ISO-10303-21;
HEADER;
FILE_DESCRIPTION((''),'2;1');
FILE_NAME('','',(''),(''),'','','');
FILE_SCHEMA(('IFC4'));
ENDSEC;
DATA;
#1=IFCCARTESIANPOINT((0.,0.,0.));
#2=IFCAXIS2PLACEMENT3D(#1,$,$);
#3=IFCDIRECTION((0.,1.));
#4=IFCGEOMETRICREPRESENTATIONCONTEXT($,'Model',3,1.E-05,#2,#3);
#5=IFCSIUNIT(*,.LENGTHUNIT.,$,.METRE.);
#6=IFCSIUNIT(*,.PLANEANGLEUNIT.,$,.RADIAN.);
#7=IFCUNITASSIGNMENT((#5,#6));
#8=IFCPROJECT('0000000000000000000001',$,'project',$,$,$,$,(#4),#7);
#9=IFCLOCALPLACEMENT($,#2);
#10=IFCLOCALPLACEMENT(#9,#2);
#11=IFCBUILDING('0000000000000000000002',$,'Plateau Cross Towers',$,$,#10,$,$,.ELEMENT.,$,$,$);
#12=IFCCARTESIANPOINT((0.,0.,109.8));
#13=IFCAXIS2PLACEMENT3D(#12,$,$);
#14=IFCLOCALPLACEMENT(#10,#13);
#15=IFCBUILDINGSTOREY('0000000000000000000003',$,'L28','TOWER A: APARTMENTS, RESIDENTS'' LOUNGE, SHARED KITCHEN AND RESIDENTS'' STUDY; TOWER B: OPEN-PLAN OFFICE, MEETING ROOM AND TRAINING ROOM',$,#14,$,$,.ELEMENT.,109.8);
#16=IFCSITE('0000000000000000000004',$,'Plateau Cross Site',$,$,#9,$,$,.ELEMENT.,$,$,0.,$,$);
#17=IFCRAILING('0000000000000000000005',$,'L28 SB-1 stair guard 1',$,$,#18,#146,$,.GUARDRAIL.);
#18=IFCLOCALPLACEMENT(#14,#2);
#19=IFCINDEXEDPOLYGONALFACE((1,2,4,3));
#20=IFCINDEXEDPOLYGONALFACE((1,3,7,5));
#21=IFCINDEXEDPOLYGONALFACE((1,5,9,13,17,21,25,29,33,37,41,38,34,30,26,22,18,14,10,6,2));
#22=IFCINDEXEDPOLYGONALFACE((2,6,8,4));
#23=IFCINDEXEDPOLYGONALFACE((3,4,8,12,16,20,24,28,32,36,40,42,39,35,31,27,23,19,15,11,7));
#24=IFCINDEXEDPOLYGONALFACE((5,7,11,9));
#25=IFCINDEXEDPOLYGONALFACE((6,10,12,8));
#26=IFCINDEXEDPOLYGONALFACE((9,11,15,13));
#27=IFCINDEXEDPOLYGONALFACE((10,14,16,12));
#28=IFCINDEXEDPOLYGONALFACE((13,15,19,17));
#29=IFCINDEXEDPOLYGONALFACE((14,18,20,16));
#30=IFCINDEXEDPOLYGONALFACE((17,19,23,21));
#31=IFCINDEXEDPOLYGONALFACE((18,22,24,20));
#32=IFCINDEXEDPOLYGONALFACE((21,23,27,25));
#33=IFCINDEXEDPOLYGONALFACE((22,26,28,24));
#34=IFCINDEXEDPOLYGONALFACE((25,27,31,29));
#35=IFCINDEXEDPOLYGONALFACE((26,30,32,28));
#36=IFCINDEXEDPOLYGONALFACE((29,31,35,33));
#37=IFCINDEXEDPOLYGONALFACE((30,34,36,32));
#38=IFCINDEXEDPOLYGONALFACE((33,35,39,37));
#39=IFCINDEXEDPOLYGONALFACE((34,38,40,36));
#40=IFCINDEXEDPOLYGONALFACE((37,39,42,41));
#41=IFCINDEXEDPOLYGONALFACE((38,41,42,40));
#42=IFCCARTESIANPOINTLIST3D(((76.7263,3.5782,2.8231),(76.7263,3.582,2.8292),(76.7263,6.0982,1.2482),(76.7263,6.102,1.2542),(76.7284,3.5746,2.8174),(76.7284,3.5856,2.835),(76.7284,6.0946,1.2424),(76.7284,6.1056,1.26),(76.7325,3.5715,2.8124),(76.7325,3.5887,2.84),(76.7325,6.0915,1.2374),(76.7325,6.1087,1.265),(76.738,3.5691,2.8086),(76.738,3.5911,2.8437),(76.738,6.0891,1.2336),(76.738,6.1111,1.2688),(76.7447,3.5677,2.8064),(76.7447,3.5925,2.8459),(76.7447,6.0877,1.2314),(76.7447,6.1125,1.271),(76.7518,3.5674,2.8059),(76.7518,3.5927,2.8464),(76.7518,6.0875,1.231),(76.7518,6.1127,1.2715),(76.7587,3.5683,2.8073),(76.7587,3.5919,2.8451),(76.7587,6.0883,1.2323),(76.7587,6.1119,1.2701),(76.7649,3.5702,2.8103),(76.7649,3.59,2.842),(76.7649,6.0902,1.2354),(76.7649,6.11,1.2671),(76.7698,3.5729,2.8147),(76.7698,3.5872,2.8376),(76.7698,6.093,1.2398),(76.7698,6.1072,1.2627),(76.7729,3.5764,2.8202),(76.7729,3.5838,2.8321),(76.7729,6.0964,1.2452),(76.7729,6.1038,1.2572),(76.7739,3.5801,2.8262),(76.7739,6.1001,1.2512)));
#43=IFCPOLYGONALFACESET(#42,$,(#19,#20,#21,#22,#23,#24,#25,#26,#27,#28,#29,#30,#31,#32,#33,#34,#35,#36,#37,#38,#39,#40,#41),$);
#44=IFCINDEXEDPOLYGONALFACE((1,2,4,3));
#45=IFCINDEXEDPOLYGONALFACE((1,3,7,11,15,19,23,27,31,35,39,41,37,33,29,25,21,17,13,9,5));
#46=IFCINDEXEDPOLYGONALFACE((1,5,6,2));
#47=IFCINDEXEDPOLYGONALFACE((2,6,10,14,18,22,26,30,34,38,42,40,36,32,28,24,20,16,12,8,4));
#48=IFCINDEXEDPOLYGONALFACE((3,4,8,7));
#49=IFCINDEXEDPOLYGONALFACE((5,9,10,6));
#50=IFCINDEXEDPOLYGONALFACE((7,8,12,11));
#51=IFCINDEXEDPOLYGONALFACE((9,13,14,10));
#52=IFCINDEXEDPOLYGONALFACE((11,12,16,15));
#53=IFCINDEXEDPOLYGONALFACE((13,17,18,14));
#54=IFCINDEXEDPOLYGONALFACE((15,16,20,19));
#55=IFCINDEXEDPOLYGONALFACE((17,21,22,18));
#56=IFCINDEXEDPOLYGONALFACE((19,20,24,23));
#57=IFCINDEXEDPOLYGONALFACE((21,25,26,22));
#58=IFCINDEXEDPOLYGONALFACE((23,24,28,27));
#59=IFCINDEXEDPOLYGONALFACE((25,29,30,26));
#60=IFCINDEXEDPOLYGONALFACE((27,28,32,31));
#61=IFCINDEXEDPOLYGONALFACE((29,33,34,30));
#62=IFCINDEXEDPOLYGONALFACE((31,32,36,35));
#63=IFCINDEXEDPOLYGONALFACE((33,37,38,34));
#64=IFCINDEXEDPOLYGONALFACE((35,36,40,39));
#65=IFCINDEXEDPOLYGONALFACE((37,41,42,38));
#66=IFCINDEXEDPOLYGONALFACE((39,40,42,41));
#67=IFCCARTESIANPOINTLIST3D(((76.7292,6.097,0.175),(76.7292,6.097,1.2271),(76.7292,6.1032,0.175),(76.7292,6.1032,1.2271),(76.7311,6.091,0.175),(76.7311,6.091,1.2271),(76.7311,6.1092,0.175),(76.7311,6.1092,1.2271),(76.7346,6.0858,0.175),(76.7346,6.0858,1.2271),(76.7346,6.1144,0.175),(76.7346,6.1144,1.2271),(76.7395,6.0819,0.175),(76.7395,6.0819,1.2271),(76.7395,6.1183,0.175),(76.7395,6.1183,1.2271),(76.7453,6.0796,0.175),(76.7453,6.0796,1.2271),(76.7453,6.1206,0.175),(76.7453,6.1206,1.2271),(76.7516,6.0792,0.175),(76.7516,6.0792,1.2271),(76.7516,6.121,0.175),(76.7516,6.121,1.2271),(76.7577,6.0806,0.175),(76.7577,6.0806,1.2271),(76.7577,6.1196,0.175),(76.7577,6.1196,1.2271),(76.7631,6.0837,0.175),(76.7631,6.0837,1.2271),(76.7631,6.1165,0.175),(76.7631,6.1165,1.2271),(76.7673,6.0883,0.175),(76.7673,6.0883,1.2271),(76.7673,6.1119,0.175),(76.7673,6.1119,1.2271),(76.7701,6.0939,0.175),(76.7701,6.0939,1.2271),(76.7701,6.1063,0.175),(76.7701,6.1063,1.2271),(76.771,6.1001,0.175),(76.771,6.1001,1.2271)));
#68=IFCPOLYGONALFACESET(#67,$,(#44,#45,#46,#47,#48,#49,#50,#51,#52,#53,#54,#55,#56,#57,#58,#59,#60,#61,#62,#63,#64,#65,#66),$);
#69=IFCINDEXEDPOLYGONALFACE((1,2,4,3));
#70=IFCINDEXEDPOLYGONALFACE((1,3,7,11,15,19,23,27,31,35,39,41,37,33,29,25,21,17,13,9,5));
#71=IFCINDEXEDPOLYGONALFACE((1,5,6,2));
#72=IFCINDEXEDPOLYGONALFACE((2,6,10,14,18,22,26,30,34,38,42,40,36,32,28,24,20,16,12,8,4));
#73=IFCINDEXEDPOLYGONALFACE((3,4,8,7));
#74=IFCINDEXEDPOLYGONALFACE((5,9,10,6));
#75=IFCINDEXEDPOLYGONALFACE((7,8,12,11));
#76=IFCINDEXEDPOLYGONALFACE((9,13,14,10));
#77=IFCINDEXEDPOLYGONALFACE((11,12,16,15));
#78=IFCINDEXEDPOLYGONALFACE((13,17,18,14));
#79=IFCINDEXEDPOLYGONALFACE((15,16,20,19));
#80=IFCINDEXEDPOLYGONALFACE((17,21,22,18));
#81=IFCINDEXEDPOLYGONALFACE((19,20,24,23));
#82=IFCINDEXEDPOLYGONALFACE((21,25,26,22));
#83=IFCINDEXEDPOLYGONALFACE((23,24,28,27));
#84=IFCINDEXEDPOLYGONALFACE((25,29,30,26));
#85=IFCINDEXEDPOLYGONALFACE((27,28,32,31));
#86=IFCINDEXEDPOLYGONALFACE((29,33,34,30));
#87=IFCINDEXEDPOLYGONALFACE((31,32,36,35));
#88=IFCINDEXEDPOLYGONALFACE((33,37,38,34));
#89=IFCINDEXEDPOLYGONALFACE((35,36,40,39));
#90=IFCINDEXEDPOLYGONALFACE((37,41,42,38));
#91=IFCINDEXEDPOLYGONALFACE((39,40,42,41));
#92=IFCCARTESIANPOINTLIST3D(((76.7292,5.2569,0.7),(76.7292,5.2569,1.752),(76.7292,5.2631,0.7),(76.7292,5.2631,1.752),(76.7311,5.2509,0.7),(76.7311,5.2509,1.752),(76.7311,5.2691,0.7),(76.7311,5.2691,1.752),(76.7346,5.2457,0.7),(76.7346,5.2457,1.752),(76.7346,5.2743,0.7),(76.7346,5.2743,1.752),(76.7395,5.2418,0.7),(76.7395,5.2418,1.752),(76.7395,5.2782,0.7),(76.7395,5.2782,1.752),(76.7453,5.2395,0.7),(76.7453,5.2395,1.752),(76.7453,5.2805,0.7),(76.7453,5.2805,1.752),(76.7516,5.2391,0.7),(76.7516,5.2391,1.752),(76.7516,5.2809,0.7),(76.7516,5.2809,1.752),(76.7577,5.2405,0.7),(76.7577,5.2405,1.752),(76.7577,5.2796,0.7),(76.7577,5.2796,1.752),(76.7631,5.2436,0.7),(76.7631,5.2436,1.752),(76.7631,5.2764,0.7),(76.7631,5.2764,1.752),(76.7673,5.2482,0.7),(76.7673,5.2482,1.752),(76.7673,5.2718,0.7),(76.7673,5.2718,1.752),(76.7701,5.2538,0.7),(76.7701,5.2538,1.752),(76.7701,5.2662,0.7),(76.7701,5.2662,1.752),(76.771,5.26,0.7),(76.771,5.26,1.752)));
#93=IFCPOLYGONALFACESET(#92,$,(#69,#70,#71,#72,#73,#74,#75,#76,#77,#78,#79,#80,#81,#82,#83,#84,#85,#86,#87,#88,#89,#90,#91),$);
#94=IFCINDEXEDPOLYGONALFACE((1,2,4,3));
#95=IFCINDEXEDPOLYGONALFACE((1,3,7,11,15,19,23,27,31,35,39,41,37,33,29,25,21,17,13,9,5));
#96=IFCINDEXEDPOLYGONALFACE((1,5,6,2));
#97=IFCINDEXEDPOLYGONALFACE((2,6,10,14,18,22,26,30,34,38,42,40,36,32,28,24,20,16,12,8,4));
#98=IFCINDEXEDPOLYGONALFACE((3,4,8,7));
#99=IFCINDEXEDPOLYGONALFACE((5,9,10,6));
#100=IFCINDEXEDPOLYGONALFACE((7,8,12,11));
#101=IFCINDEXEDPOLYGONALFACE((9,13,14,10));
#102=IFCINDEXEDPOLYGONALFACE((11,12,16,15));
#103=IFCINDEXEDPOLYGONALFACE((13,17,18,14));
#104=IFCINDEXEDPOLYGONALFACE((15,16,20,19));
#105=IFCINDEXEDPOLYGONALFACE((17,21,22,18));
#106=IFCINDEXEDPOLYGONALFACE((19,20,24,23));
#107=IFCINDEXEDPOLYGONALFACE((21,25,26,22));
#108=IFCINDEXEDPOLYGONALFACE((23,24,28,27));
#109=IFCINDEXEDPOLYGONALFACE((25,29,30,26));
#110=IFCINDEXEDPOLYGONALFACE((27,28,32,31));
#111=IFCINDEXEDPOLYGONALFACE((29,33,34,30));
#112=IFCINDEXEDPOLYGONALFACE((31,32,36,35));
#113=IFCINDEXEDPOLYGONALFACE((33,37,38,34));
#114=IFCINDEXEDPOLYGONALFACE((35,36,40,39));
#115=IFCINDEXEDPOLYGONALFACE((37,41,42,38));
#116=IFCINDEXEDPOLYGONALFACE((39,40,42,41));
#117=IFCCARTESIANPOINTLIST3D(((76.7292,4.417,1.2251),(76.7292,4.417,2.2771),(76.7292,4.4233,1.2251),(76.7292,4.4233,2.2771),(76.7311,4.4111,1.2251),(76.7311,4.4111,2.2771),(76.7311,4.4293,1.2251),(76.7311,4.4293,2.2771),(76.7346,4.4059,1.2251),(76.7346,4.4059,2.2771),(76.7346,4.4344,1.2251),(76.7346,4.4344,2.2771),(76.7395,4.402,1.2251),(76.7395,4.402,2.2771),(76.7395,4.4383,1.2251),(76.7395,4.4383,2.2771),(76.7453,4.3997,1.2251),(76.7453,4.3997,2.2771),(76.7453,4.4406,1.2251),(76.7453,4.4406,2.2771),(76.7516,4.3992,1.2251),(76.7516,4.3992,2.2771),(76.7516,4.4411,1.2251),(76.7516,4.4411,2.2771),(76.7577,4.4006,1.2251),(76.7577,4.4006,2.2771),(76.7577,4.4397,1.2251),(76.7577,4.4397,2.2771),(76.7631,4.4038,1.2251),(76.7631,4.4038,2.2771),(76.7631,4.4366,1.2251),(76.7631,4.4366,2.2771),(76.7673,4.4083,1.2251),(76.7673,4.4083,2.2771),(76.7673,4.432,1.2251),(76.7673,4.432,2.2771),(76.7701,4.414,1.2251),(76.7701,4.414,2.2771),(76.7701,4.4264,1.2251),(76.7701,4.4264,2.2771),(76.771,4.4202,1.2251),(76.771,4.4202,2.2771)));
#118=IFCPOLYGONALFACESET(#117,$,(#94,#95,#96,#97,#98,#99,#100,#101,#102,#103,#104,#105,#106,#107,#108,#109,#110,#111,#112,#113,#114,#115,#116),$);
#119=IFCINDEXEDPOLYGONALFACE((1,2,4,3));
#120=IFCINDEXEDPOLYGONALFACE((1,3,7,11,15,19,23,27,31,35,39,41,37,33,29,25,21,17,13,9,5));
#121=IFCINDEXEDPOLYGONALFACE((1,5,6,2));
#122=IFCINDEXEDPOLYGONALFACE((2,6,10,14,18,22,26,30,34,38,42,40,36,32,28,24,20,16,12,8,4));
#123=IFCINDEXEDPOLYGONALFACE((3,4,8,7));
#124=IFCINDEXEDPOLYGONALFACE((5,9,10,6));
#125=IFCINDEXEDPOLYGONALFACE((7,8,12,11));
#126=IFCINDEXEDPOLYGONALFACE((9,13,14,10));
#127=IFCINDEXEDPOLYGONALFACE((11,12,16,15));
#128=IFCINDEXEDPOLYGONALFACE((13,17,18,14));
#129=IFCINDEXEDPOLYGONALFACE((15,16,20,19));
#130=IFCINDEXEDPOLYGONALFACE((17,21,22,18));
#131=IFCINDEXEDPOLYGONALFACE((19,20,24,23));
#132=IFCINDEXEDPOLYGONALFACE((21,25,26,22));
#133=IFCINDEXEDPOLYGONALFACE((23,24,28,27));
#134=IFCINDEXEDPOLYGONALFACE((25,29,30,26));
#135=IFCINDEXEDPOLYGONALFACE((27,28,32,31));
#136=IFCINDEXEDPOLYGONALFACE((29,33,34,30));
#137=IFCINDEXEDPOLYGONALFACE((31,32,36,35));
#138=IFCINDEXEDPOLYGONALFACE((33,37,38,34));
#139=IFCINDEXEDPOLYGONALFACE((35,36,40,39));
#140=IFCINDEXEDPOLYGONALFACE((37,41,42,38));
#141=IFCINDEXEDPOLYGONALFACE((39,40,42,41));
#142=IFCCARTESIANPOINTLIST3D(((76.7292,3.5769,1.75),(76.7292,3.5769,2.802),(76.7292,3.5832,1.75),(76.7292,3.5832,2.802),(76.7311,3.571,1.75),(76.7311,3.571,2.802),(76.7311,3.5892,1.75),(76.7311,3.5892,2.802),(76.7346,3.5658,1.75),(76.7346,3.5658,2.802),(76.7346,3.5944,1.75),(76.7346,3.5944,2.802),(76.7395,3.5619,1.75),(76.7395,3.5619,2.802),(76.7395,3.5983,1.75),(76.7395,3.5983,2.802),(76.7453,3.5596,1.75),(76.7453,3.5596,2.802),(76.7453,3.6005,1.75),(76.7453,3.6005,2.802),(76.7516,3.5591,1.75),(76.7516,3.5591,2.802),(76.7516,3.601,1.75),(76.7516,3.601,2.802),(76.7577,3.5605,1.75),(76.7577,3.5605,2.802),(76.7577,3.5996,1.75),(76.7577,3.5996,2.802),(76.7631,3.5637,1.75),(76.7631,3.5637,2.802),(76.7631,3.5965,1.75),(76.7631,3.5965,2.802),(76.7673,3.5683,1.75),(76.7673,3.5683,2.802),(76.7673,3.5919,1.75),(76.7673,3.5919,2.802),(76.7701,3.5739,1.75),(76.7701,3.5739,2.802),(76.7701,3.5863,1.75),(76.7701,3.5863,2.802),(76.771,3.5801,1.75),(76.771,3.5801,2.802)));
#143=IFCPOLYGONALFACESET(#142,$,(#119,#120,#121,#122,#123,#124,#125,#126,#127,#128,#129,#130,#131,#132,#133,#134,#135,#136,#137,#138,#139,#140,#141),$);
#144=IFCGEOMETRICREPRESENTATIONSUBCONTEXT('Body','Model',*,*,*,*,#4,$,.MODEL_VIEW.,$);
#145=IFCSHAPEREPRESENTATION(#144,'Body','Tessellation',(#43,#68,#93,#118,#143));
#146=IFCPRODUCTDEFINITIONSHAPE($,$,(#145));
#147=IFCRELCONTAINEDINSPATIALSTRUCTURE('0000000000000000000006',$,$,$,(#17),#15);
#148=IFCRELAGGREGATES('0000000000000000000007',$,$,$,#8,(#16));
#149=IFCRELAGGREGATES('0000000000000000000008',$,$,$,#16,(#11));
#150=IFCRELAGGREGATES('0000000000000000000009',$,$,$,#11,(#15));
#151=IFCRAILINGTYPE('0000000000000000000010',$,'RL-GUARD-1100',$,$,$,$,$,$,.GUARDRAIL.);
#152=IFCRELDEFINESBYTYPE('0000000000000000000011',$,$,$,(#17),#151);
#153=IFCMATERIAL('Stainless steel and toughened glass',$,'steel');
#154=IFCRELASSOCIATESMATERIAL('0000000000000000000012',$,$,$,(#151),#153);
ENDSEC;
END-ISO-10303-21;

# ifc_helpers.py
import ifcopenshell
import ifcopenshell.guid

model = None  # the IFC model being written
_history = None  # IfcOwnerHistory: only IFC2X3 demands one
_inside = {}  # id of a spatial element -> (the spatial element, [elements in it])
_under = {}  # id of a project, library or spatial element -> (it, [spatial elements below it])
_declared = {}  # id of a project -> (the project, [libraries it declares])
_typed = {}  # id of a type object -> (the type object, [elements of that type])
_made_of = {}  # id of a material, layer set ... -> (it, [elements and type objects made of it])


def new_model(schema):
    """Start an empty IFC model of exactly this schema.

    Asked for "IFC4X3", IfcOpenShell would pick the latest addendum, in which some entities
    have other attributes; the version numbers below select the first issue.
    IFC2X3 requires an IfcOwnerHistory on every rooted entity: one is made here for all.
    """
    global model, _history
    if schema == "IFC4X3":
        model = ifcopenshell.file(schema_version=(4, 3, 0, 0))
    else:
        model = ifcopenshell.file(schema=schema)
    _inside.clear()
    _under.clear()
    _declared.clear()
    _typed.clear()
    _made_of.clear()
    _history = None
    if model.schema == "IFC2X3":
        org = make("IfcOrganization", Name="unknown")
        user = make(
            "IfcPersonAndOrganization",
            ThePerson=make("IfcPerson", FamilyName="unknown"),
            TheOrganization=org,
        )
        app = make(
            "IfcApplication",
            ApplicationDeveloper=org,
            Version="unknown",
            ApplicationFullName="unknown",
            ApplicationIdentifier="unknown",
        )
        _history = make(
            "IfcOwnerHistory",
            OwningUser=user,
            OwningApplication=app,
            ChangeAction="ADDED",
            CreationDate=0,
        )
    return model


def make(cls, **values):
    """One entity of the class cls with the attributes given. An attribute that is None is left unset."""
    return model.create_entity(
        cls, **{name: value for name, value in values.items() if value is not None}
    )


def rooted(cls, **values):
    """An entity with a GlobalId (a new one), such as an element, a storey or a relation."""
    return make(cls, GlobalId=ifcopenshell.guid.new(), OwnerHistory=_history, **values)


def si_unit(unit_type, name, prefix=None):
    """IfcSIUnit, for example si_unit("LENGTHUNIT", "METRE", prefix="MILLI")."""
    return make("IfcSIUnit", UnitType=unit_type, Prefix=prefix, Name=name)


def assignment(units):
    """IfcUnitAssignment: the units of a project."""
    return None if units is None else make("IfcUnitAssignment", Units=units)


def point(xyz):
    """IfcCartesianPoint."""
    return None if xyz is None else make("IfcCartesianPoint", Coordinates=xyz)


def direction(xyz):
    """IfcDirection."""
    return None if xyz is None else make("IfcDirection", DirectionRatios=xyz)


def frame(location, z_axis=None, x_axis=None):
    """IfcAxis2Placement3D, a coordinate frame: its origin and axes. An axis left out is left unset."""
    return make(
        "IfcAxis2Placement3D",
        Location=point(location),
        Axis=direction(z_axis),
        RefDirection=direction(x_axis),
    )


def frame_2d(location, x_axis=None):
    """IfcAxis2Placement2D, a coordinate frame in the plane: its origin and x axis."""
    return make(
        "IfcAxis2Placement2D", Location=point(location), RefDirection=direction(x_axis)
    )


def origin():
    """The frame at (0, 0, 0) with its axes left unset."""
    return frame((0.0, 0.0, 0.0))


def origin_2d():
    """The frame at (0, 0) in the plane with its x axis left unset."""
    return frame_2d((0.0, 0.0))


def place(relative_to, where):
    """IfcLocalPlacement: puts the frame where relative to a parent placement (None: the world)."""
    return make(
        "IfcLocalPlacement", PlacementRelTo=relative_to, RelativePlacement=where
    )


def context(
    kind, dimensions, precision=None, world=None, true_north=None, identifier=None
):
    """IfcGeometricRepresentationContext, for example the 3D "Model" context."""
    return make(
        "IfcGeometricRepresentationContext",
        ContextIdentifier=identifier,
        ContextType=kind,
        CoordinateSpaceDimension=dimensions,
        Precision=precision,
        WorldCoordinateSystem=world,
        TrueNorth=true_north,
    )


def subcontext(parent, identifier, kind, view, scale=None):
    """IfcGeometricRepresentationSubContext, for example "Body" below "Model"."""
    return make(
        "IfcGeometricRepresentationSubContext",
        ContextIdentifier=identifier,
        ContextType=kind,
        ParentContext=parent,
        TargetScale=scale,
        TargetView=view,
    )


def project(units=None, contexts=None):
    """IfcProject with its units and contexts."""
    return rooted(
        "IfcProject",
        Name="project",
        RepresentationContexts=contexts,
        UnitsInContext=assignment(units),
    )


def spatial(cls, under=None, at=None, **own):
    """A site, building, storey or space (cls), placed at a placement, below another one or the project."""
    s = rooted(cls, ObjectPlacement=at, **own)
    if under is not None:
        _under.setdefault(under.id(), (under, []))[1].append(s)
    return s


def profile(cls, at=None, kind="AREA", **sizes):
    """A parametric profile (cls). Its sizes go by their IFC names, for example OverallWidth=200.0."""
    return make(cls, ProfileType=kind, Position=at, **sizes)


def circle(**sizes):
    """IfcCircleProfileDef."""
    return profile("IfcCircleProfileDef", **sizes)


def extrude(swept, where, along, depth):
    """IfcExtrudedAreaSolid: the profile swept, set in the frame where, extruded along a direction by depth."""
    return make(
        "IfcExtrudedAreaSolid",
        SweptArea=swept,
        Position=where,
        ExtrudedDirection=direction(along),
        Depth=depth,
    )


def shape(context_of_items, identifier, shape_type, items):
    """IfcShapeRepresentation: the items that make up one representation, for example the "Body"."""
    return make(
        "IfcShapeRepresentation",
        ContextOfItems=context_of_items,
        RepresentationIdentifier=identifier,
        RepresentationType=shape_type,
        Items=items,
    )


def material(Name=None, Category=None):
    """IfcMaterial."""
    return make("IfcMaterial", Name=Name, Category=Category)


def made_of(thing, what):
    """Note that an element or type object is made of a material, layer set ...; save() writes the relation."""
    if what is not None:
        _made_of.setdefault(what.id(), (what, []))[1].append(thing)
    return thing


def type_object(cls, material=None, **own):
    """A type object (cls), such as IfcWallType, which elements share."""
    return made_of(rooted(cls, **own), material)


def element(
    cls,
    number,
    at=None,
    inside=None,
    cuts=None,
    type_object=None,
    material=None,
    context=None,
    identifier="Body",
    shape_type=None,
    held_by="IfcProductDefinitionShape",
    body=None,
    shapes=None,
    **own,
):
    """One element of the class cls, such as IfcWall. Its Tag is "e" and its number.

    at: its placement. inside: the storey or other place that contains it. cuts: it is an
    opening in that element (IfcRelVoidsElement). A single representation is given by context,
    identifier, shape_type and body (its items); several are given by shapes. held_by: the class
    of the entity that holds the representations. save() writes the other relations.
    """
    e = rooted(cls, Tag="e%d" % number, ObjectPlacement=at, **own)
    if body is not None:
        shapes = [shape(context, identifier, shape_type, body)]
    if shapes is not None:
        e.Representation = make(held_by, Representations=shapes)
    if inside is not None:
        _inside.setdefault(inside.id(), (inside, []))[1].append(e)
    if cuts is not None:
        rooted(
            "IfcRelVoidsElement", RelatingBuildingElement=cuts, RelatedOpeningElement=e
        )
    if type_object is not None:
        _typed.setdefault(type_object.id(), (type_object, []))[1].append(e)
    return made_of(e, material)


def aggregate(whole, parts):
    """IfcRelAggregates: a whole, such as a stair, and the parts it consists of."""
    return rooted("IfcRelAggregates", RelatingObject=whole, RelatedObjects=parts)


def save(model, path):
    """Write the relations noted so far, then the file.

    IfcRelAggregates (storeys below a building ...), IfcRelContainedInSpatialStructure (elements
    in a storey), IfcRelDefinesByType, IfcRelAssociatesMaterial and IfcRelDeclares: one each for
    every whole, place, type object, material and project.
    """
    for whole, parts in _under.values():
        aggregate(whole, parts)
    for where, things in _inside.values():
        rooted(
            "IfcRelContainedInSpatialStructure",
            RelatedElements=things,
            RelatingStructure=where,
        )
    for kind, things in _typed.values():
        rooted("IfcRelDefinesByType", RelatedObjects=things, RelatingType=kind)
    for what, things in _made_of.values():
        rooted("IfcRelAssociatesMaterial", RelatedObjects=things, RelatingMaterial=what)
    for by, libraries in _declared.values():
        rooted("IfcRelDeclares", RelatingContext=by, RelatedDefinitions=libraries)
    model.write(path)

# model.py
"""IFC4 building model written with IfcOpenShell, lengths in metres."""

from ifc_helpers import new_model, si_unit, direction, frame, origin, origin_2d, place, context, subcontext, project, spatial, circle, extrude, material, type_object, element, save


model = new_model("IFC4")

# Units and contexts
model_context = context("Model", 3, precision=1e-05, world=origin(), true_north=direction((0.0, 1.0)))
body_context = subcontext(model_context, "Body", "Model", "MODEL_VIEW")
ifc_project = project(units=[si_unit("LENGTHUNIT", "METRE"), si_unit("PLANEANGLEUNIT", "RADIAN")], contexts=[model_context])

# Site, building, storey
site_placement = place(None, origin())
site = spatial("IfcSite", under=ifc_project, at=site_placement, Name="Plateau Cross Site", CompositionType="ELEMENT", RefElevation=0.0)
building_placement = place(site_placement, origin())
building = spatial("IfcBuilding", under=site, at=building_placement, Name="Plateau Cross Towers", CompositionType="ELEMENT")
storey_placement = place(building_placement, frame((0.0, 0.0, 109.8)))
storey = spatial("IfcBuildingStorey", under=building, at=storey_placement, Name="L28", Description="TOWER A: APARTMENTS, RESIDENTS' LOUNGE, SHARED KITCHEN AND RESIDENTS' STUDY; TOWER B: OPEN-PLAN OFFICE, MEETING ROOM AND TRAINING ROOM", CompositionType="ELEMENT", Elevation=109.8)

# Railing
ifc_material_1 = material(Name="Stainless steel and toughened glass", Category="steel")
railing_type_1 = type_object("IfcRailingType", Name="RL-GUARD-1100", PredefinedType="GUARDRAIL", material=ifc_material_1)
railing_1_placement = place(storey_placement, frame((76.75, 6.1001, 0.175)))
element("IfcRailing", 1, at=railing_1_placement, inside=storey, type_object=railing_type_1, Name="L28 SB-1 stair guard 1", PredefinedType="GUARDRAIL", context=body_context, shape_type="SweptSolid", body=[
    extrude(circle(Radius=0.0239, at=origin_2d()), frame((0.0, 0.0, 1.0762), z_axis=(0.0, -0.848008, 0.529984), x_axis=(1.0, 0.0, 0.0)), (0.0, 0.0, 1.0), 2.9717),
    extrude(circle(Radius=0.021, at=origin_2d()), origin(), (0.0, 0.0, 1.0), 1.052),
    extrude(circle(Radius=0.021, at=origin_2d()), frame((0.0, -0.8401, 0.5249)), (0.0, 0.0, 1.0), 1.052),
    extrude(circle(Radius=0.021, at=origin_2d()), frame((0.0, -1.6799, 1.05)), (0.0, 0.0, 1.0), 1.052),
    extrude(circle(Radius=0.021, at=origin_2d()), frame((0.0, -2.52, 1.575)), (0.0, 0.0, 1.0), 1.052),
])

save(model, "model.ifc")
